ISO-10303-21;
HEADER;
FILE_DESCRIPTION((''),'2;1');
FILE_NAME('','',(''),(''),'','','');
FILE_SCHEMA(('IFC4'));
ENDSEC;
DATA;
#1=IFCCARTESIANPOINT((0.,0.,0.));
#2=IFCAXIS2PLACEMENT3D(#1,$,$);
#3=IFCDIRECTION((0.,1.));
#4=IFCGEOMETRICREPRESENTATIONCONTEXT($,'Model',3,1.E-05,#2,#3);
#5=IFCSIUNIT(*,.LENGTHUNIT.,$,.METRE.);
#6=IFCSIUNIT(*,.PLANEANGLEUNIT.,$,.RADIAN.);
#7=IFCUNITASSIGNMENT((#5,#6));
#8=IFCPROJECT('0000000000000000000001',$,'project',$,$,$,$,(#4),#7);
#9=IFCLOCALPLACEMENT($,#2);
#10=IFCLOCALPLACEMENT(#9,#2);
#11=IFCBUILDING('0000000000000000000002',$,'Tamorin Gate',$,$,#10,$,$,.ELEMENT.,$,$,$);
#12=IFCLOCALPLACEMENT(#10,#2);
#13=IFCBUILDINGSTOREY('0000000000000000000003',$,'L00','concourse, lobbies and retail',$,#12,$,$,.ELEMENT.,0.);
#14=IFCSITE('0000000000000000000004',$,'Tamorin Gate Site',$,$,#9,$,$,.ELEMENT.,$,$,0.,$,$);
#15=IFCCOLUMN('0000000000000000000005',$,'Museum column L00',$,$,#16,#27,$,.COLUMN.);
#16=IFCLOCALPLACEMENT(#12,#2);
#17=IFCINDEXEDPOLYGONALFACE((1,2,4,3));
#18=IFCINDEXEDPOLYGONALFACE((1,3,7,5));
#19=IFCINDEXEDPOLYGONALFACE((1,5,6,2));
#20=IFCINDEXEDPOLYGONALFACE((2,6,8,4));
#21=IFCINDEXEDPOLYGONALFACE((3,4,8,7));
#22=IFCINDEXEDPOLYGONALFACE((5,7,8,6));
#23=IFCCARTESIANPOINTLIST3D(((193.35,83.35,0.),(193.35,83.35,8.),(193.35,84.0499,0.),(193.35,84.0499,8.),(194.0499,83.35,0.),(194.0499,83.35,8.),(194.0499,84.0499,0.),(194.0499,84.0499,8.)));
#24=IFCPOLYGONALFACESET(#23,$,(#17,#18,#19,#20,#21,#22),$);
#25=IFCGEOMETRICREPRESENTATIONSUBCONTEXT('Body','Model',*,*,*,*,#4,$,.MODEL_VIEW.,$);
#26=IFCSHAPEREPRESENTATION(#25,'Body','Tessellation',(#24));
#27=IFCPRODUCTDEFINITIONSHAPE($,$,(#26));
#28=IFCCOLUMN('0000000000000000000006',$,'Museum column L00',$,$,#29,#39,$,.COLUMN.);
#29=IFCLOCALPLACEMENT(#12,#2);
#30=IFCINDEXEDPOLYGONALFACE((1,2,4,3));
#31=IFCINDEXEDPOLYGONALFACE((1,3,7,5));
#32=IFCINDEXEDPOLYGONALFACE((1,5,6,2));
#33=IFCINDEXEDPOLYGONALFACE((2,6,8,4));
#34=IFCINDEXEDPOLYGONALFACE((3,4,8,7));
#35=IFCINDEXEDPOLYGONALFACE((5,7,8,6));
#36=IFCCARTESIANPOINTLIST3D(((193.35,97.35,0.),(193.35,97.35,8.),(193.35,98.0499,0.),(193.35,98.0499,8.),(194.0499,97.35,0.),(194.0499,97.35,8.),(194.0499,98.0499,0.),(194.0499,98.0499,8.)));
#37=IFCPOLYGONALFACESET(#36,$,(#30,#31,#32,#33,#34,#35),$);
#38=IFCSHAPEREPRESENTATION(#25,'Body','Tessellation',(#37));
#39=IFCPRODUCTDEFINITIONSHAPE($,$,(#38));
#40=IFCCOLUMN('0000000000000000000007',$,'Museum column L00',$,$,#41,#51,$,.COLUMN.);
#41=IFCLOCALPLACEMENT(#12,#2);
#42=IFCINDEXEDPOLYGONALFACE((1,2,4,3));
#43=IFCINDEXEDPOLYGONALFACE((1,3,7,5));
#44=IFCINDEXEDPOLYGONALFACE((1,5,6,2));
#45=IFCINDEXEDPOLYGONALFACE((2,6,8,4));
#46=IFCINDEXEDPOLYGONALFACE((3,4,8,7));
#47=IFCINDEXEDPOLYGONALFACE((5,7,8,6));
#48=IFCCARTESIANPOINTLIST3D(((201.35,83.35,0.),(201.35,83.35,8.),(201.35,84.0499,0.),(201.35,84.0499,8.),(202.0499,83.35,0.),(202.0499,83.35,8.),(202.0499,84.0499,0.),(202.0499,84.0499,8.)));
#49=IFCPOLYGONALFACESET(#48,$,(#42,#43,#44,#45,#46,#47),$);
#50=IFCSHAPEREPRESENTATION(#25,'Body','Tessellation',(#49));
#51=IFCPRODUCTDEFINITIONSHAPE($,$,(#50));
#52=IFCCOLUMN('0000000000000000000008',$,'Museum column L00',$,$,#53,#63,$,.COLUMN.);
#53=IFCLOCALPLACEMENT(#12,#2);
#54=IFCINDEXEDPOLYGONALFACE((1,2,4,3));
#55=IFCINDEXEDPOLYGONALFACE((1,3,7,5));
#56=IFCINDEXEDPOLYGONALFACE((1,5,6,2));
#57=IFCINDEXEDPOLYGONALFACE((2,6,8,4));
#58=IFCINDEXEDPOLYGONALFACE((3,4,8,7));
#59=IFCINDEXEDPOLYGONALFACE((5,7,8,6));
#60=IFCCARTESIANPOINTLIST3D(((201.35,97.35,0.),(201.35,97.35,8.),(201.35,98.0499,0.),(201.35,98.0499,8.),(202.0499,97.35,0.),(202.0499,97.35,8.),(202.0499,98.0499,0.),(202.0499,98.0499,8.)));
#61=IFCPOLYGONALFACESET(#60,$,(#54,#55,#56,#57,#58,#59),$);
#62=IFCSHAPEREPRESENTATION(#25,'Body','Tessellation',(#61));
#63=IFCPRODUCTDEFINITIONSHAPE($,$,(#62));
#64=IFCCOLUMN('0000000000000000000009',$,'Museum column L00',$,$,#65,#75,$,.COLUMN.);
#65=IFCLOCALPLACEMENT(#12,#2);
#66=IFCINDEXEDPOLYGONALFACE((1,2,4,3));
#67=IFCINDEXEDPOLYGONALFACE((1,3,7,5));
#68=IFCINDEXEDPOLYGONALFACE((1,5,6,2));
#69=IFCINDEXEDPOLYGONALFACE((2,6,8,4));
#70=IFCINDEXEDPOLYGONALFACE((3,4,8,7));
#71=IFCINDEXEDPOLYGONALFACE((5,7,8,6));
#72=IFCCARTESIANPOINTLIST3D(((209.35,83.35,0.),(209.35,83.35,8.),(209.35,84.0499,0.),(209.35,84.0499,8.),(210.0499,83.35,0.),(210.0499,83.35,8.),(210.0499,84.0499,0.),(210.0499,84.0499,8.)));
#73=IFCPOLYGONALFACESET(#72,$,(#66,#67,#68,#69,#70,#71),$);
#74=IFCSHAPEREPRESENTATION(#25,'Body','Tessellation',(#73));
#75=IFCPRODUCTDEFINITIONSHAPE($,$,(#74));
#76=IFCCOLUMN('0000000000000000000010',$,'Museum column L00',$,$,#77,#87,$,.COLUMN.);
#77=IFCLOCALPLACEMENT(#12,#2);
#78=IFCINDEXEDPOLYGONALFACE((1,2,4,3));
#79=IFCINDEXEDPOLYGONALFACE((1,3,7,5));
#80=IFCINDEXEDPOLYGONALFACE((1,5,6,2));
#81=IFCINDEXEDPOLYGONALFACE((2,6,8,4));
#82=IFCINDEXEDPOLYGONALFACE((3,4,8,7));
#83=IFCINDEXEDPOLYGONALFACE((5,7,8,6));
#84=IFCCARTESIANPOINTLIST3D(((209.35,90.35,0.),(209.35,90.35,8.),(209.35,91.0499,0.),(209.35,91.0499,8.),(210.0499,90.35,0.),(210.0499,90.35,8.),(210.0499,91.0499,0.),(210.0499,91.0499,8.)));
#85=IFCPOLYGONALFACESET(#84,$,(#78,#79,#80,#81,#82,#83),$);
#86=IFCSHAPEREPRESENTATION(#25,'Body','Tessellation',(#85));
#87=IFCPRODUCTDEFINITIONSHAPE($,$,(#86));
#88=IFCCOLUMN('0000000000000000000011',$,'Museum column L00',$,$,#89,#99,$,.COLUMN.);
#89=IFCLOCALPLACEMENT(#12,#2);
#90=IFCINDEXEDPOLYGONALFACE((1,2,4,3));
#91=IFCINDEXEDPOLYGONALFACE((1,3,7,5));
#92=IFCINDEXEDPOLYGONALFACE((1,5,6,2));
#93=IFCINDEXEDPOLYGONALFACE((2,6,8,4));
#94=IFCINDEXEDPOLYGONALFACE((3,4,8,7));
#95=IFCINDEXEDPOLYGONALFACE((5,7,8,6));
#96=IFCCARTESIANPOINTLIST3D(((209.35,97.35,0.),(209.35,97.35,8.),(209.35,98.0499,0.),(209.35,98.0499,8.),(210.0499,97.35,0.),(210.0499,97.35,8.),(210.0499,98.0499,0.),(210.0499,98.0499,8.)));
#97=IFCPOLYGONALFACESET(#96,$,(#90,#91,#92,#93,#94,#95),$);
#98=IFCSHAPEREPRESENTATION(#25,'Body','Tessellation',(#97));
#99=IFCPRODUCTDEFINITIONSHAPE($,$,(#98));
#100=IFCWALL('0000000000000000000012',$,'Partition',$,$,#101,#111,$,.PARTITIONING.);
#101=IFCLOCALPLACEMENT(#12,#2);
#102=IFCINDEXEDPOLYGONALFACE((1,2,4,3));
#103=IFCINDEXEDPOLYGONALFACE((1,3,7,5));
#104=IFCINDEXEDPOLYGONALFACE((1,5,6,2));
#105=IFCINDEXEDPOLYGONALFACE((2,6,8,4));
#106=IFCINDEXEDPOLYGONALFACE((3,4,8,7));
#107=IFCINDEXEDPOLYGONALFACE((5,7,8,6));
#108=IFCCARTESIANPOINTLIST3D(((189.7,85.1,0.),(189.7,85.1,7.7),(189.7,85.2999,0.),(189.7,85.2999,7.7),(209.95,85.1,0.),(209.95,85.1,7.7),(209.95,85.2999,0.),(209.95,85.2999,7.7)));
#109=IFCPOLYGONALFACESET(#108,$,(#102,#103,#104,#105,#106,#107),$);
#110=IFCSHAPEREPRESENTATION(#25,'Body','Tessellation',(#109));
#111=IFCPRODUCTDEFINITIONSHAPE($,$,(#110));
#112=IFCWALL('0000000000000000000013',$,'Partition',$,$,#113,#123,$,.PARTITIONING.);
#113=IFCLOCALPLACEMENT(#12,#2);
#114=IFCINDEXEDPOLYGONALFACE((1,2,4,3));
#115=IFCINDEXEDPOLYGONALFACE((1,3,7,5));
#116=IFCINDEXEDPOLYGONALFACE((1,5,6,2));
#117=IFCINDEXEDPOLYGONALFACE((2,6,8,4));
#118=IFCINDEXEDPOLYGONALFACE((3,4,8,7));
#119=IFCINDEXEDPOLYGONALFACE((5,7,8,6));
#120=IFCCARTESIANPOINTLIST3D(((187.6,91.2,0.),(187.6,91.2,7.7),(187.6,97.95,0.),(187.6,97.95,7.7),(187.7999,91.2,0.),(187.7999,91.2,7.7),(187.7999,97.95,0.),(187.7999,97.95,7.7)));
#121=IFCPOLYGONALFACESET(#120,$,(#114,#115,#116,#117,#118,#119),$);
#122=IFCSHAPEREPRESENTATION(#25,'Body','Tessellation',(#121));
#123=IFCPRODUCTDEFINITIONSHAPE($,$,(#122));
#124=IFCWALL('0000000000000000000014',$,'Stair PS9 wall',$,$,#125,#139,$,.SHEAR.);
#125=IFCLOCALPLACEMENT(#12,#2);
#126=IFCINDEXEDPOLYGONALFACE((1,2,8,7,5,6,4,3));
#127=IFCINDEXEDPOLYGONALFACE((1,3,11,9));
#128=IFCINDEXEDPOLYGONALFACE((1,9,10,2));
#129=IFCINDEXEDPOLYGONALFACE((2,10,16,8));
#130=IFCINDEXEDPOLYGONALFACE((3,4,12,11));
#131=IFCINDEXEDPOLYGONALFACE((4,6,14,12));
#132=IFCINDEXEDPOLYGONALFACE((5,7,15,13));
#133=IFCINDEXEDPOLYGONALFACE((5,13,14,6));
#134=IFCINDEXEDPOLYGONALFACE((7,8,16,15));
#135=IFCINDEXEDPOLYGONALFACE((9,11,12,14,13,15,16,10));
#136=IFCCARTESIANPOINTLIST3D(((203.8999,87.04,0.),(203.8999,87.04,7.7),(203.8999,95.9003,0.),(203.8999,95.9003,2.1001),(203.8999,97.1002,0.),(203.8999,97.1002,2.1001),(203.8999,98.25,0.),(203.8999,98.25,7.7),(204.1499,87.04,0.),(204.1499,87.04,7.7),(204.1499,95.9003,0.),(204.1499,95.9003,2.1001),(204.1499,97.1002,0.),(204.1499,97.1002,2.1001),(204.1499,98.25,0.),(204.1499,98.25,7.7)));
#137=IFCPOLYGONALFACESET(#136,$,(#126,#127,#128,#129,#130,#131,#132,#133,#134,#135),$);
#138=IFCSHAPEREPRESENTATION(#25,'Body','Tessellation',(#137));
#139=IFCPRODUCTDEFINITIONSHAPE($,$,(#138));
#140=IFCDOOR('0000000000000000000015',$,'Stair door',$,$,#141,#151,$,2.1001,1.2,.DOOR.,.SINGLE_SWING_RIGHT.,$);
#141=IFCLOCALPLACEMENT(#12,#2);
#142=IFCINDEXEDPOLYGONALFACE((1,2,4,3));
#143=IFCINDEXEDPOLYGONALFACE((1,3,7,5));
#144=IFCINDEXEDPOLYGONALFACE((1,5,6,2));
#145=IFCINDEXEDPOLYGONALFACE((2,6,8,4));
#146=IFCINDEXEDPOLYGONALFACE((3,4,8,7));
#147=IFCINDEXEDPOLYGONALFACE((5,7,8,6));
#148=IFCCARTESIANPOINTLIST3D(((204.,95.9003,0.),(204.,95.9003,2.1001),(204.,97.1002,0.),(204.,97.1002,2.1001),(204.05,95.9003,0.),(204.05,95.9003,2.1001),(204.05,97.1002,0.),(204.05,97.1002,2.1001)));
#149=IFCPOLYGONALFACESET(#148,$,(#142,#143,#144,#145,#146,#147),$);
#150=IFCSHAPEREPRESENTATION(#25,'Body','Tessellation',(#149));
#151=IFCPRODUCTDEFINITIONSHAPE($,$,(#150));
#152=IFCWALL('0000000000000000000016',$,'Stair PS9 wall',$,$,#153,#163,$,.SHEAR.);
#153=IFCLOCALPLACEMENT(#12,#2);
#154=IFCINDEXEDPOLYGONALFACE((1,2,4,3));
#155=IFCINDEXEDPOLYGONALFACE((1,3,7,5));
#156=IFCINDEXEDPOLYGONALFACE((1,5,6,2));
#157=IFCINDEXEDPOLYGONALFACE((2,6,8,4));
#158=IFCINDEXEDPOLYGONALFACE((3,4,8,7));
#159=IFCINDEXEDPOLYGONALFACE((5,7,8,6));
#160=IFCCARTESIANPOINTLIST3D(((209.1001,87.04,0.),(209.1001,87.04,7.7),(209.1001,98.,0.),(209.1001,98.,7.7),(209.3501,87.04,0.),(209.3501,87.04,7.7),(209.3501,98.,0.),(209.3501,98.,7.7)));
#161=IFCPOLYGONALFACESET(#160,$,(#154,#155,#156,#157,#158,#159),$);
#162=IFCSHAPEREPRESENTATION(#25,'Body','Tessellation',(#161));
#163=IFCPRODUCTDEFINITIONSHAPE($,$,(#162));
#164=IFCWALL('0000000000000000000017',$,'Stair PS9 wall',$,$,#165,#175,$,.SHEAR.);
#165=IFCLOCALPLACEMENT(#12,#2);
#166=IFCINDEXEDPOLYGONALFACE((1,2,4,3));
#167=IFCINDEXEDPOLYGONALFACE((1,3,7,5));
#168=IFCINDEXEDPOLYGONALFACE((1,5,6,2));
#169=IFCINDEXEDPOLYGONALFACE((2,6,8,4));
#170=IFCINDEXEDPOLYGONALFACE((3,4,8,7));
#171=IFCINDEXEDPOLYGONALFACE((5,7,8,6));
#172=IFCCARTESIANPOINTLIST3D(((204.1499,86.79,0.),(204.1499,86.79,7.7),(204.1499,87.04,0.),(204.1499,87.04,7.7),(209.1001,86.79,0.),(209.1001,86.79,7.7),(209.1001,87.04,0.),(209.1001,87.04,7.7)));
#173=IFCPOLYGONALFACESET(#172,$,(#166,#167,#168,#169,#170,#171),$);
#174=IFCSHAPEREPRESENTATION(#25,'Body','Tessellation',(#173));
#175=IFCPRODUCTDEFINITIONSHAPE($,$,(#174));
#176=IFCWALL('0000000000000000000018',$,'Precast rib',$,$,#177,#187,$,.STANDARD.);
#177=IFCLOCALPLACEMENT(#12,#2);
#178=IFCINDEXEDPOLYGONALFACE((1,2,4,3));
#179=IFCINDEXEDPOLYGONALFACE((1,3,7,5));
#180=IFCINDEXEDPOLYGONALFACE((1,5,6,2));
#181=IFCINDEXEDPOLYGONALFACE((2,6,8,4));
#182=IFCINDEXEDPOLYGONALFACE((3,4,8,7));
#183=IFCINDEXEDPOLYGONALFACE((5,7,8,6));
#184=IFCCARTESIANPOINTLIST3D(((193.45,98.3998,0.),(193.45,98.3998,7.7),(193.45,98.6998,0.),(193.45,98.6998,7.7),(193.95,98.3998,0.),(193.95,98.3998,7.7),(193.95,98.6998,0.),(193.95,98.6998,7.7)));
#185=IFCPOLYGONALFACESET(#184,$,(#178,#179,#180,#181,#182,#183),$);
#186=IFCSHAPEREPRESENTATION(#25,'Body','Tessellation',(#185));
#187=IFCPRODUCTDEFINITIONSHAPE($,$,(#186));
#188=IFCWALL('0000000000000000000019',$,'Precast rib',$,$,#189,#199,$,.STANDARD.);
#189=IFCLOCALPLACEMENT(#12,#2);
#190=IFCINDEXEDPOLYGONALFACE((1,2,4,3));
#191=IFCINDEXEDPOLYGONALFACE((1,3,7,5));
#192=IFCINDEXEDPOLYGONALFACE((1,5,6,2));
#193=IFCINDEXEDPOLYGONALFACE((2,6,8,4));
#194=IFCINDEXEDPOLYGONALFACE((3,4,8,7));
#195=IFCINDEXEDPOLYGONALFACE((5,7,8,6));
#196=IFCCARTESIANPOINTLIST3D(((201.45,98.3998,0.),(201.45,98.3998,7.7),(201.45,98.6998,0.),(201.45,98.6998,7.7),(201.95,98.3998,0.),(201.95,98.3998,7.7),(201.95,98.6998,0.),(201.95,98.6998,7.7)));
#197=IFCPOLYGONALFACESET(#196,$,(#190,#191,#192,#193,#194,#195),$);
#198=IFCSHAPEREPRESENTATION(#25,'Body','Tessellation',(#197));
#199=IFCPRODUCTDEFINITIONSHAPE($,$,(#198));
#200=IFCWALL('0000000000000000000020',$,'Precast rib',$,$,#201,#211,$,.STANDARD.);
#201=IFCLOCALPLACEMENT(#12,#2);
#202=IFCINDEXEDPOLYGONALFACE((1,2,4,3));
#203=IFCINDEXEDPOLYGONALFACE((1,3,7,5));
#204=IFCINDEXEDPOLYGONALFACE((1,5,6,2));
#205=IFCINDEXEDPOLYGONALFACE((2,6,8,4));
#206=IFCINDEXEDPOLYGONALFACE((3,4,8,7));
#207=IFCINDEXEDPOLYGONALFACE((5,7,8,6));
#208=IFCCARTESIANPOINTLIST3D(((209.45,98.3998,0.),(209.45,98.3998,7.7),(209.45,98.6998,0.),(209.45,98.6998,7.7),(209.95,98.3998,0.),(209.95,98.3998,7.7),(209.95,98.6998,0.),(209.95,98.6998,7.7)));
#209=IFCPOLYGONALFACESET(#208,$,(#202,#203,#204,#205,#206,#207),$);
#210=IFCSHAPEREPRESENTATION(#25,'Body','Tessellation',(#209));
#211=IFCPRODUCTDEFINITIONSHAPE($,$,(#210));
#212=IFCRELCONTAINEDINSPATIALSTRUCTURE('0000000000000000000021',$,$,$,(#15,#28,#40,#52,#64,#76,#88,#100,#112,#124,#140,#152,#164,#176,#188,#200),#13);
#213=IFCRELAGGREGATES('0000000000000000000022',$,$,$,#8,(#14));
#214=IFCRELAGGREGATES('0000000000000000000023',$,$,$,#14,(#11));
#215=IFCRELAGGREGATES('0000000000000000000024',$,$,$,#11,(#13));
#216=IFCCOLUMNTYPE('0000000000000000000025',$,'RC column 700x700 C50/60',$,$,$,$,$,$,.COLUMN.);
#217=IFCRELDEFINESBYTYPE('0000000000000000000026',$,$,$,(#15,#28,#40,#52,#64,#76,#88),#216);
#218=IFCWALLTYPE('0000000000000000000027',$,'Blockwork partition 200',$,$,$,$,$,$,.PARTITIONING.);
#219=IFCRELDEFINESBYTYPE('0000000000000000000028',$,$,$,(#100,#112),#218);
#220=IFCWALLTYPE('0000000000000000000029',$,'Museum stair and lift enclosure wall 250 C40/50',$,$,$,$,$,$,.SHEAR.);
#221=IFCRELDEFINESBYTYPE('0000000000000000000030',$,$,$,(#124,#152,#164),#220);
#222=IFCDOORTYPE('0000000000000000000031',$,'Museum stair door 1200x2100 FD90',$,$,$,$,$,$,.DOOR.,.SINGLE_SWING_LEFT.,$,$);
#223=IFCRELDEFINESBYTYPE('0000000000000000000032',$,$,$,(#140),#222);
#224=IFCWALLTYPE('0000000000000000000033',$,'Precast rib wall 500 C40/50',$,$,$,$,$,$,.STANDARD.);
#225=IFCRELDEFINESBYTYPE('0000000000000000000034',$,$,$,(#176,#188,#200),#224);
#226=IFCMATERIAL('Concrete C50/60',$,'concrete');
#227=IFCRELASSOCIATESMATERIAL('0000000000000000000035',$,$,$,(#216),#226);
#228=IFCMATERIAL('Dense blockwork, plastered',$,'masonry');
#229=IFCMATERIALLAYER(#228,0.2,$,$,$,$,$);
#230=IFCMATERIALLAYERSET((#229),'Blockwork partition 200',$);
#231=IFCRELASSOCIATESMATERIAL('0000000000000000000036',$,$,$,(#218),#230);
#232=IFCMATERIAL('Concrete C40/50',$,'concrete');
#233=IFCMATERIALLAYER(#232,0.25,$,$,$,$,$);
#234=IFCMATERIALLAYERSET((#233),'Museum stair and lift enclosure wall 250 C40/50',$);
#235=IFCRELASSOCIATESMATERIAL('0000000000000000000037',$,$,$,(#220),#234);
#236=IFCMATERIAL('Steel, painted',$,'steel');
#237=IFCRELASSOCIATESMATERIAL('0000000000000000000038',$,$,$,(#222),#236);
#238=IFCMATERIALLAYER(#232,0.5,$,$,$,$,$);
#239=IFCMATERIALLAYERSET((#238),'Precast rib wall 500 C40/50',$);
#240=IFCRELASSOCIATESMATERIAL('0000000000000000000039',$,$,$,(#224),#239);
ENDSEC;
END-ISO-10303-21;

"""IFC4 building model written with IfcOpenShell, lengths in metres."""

from ifc_helpers import new_model, si_unit, direction, frame, frame_2d, origin, origin_2d, place, context, subcontext, project, spatial, rectangle, extrude, material, layer, layer_set, material_profile, profile_set, type_object, element, fill, save


model = new_model("IFC4")

# Units and contexts
model_context = context("Model", 3, precision=1e-05, world=origin(), true_north=direction((0.0, 1.0)))
body_context = subcontext(model_context, "Body", "Model", "MODEL_VIEW")
ifc_project = project(units=[si_unit("LENGTHUNIT", "METRE"), si_unit("PLANEANGLEUNIT", "RADIAN")], contexts=[model_context])

# Site, building, storey
site_placement = place(None, origin())
site = spatial("IfcSite", under=ifc_project, at=site_placement, Name="Tamorin Gate Site", CompositionType="ELEMENT", RefElevation=0.0)
building_placement = place(site_placement, origin())
building = spatial("IfcBuilding", under=site, at=building_placement, Name="Tamorin Gate", CompositionType="ELEMENT")
storey_placement = place(building_placement, origin())
storey = spatial("IfcBuildingStorey", under=building, at=storey_placement, Name="L00", Description="concourse, lobbies and retail", CompositionType="ELEMENT", Elevation=0.0)

# Columns
ifc_material_1 = material(Name="Concrete C50/60", Category="concrete")
ifc_material_profile = material_profile(ifc_material_1, rectangle(XDim=0.7, YDim=0.7, at=origin_2d()), Name="RC 700x700")
ifc_profile_set = profile_set([ifc_material_profile], Name="Concrete C50/60")
column_type = type_object("IfcColumnType", Name="RC column 700x700 C50/60", PredefinedType="COLUMN", material=ifc_profile_set)
for number, where, z_axis, x_axis, name in (
    (1, (193.7, 83.7, 0.0), (0.0, 0.0, 1.0), (1.0, 0.0, 0.0), "Museum column L00"),
    (2, (193.7, 97.7, 0.0), (0.0, 0.0, 1.0), (1.0, 0.0, 0.0), "Museum column L00"),
    (3, (201.7, 83.7, 0.0), (0.0, 0.0, 1.0), (1.0, 0.0, 0.0), "Museum column L00"),
    (4, (201.7, 97.7, 0.0), (0.0, 0.0, 1.0), (1.0, 0.0, 0.0), "Museum column L00"),
    (5, (209.7, 83.7, 0.0), (0.0, 0.0, 1.0), (1.0, 0.0, 0.0), "Museum column L00"),
    (6, (209.7, 90.7, 0.0), (0.0, 0.0, 1.0), (1.0, 0.0, 0.0), "Museum column L00"),
    (7, (209.7, 97.7, 0.0), (0.0, 0.0, 1.0), (1.0, 0.0, 0.0), "Museum column L00"),
):
    element("IfcColumn", number, at=place(storey_placement, frame(where, z_axis=z_axis, x_axis=x_axis)), inside=storey, type_object=column_type, Name=name, PredefinedType="COLUMN", context=body_context, shape_type="SweptSolid", body=[
        extrude(rectangle(XDim=0.7, YDim=0.7, at=origin_2d()), origin(), (0.0, 0.0, 1.0), 8.0),
    ])

# Walls
ifc_material_2 = material(Name="Dense blockwork, plastered", Category="masonry")
ifc_layer_1 = layer(ifc_material_2, 0.2)
ifc_layer_set_1 = layer_set([ifc_layer_1], Name="Blockwork partition 200")
wall_type_1 = type_object("IfcWallType", Name="Blockwork partition 200", PredefinedType="PARTITIONING", material=ifc_layer_set_1)
wall_1_placement = place(storey_placement, frame((189.7, 85.2, 0.0), z_axis=(0.0, 0.0, 1.0), x_axis=(1.0, 0.0, 0.0)))
element("IfcWall", 8, at=wall_1_placement, inside=storey, type_object=wall_type_1, Name="Partition", PredefinedType="PARTITIONING", context=body_context, shape_type="SweptSolid", body=[
    extrude(rectangle(XDim=20.25, YDim=0.2, at=frame_2d((10.125, 0.0))), origin(), (0.0, 0.0, 1.0), 7.7),
])
wall_2_placement = place(storey_placement, frame((187.7, 91.2, 0.0), z_axis=(0.0, 0.0, 1.0), x_axis=(0.0, 1.0, 0.0)))
element("IfcWall", 9, at=wall_2_placement, inside=storey, type_object=wall_type_1, Name="Partition", PredefinedType="PARTITIONING", context=body_context, shape_type="SweptSolid", body=[
    extrude(rectangle(XDim=6.75, YDim=0.2, at=frame_2d((3.375, 0.0))), origin(), (0.0, 0.0, 1.0), 7.7),
])

# Wall, opening, door
ifc_material_3 = material(Name="Concrete C40/50", Category="concrete")
ifc_layer_2 = layer(ifc_material_3, 0.25)
ifc_layer_set_2 = layer_set([ifc_layer_2], Name="Museum stair and lift enclosure wall 250 C40/50")
wall_type_2 = type_object("IfcWallType", Name="Museum stair and lift enclosure wall 250 C40/50", PredefinedType="SHEAR", material=ifc_layer_set_2)
wall_3_placement = place(storey_placement, frame((204.0249, 87.04, 0.0), z_axis=(0.0, 0.0, 1.0), x_axis=(0.0, 1.0, 0.0)))
wall_3 = element("IfcWall", 10, at=wall_3_placement, inside=storey, type_object=wall_type_2, Name="Stair PS9 wall", PredefinedType="SHEAR", context=body_context, shape_type="SweptSolid", body=[
    extrude(rectangle(XDim=11.21, YDim=0.25, at=frame_2d((5.605, 0.0))), origin(), (0.0, 0.0, 1.0), 7.7),
])
opening_placement = place(wall_3_placement, frame((8.8601, 0.0, 0.0)))
opening = element("IfcOpeningElement", 11, at=opening_placement, cuts=wall_3, PredefinedType="OPENING", context=body_context, shape_type="SweptSolid", body=[
    extrude(rectangle(XDim=1.2, YDim=2.1001, at=frame_2d((0.6001, 1.05))), frame((0.0, 0.135, 0.0), z_axis=(0.0, -1.0, 0.0), x_axis=(1.0, 0.0, 0.0)), (0.0, 0.0, 1.0), 0.27),
])
ifc_material_4 = material(Name="Steel, painted", Category="steel")
door_type = type_object("IfcDoorType", Name="Museum stair door 1200x2100 FD90", OperationType="SINGLE_SWING_LEFT", PredefinedType="DOOR", material=ifc_material_4)
door_placement = place(opening_placement, origin())
door = element("IfcDoor", 12, at=door_placement, inside=storey, type_object=door_type, Name="Stair door", OperationType="SINGLE_SWING_RIGHT", OverallHeight=2.1001, OverallWidth=1.2, PredefinedType="DOOR", context=body_context, shape_type="SweptSolid", body=[
    extrude(rectangle(XDim=1.2, YDim=2.1001, at=frame_2d((0.6001, 1.05))), frame((0.0, 0.0249, 0.0), z_axis=(0.0, -1.0, 0.0), x_axis=(1.0, 0.0, 0.0)), (0.0, 0.0, 1.0), 0.05),
])
fill(opening, door)

# Walls
wall_4_placement = place(storey_placement, frame((209.2251, 87.04, 0.0), z_axis=(0.0, 0.0, 1.0), x_axis=(0.0, 1.0, 0.0)))
element("IfcWall", 13, at=wall_4_placement, inside=storey, type_object=wall_type_2, Name="Stair PS9 wall", PredefinedType="SHEAR", context=body_context, shape_type="SweptSolid", body=[
    extrude(rectangle(XDim=10.96, YDim=0.25, at=frame_2d((5.48, 0.0))), origin(), (0.0, 0.0, 1.0), 7.7),
])
wall_5_placement = place(storey_placement, frame((204.1499, 86.915, 0.0), z_axis=(0.0, 0.0, 1.0), x_axis=(1.0, 0.0, 0.0)))
element("IfcWall", 14, at=wall_5_placement, inside=storey, type_object=wall_type_2, Name="Stair PS9 wall", PredefinedType="SHEAR", context=body_context, shape_type="SweptSolid", body=[
    extrude(rectangle(XDim=4.9502, YDim=0.25, at=frame_2d((2.4751, 0.0))), origin(), (0.0, 0.0, 1.0), 7.7),
])
ifc_layer_3 = layer(ifc_material_3, 0.5)
ifc_layer_set_3 = layer_set([ifc_layer_3], Name="Precast rib wall 500 C40/50")
wall_type_3 = type_object("IfcWallType", Name="Precast rib wall 500 C40/50", PredefinedType="STANDARD", material=ifc_layer_set_3)
for number, where, z_axis, x_axis, name in (
    (15, (193.7, 98.3999, 0.0), (0.0, 0.0, 1.0), (0.0, 1.0, 0.0), "Precast rib"),
    (16, (201.7, 98.3999, 0.0), (0.0, 0.0, 1.0), (0.0, 1.0, 0.0), "Precast rib"),
    (17, (209.7, 98.3999, 0.0), (0.0, 0.0, 1.0), (0.0, 1.0, 0.0), "Precast rib"),
):
    element("IfcWall", number, at=place(storey_placement, frame(where, z_axis=z_axis, x_axis=x_axis)), inside=storey, type_object=wall_type_3, Name=name, PredefinedType="STANDARD", context=body_context, shape_type="SweptSolid", body=[
        extrude(rectangle(XDim=0.3, YDim=0.5, at=frame_2d((0.1499, 0.0))), origin(), (0.0, 0.0, 1.0), 7.7),
    ])

save(model, "model.ifc")
